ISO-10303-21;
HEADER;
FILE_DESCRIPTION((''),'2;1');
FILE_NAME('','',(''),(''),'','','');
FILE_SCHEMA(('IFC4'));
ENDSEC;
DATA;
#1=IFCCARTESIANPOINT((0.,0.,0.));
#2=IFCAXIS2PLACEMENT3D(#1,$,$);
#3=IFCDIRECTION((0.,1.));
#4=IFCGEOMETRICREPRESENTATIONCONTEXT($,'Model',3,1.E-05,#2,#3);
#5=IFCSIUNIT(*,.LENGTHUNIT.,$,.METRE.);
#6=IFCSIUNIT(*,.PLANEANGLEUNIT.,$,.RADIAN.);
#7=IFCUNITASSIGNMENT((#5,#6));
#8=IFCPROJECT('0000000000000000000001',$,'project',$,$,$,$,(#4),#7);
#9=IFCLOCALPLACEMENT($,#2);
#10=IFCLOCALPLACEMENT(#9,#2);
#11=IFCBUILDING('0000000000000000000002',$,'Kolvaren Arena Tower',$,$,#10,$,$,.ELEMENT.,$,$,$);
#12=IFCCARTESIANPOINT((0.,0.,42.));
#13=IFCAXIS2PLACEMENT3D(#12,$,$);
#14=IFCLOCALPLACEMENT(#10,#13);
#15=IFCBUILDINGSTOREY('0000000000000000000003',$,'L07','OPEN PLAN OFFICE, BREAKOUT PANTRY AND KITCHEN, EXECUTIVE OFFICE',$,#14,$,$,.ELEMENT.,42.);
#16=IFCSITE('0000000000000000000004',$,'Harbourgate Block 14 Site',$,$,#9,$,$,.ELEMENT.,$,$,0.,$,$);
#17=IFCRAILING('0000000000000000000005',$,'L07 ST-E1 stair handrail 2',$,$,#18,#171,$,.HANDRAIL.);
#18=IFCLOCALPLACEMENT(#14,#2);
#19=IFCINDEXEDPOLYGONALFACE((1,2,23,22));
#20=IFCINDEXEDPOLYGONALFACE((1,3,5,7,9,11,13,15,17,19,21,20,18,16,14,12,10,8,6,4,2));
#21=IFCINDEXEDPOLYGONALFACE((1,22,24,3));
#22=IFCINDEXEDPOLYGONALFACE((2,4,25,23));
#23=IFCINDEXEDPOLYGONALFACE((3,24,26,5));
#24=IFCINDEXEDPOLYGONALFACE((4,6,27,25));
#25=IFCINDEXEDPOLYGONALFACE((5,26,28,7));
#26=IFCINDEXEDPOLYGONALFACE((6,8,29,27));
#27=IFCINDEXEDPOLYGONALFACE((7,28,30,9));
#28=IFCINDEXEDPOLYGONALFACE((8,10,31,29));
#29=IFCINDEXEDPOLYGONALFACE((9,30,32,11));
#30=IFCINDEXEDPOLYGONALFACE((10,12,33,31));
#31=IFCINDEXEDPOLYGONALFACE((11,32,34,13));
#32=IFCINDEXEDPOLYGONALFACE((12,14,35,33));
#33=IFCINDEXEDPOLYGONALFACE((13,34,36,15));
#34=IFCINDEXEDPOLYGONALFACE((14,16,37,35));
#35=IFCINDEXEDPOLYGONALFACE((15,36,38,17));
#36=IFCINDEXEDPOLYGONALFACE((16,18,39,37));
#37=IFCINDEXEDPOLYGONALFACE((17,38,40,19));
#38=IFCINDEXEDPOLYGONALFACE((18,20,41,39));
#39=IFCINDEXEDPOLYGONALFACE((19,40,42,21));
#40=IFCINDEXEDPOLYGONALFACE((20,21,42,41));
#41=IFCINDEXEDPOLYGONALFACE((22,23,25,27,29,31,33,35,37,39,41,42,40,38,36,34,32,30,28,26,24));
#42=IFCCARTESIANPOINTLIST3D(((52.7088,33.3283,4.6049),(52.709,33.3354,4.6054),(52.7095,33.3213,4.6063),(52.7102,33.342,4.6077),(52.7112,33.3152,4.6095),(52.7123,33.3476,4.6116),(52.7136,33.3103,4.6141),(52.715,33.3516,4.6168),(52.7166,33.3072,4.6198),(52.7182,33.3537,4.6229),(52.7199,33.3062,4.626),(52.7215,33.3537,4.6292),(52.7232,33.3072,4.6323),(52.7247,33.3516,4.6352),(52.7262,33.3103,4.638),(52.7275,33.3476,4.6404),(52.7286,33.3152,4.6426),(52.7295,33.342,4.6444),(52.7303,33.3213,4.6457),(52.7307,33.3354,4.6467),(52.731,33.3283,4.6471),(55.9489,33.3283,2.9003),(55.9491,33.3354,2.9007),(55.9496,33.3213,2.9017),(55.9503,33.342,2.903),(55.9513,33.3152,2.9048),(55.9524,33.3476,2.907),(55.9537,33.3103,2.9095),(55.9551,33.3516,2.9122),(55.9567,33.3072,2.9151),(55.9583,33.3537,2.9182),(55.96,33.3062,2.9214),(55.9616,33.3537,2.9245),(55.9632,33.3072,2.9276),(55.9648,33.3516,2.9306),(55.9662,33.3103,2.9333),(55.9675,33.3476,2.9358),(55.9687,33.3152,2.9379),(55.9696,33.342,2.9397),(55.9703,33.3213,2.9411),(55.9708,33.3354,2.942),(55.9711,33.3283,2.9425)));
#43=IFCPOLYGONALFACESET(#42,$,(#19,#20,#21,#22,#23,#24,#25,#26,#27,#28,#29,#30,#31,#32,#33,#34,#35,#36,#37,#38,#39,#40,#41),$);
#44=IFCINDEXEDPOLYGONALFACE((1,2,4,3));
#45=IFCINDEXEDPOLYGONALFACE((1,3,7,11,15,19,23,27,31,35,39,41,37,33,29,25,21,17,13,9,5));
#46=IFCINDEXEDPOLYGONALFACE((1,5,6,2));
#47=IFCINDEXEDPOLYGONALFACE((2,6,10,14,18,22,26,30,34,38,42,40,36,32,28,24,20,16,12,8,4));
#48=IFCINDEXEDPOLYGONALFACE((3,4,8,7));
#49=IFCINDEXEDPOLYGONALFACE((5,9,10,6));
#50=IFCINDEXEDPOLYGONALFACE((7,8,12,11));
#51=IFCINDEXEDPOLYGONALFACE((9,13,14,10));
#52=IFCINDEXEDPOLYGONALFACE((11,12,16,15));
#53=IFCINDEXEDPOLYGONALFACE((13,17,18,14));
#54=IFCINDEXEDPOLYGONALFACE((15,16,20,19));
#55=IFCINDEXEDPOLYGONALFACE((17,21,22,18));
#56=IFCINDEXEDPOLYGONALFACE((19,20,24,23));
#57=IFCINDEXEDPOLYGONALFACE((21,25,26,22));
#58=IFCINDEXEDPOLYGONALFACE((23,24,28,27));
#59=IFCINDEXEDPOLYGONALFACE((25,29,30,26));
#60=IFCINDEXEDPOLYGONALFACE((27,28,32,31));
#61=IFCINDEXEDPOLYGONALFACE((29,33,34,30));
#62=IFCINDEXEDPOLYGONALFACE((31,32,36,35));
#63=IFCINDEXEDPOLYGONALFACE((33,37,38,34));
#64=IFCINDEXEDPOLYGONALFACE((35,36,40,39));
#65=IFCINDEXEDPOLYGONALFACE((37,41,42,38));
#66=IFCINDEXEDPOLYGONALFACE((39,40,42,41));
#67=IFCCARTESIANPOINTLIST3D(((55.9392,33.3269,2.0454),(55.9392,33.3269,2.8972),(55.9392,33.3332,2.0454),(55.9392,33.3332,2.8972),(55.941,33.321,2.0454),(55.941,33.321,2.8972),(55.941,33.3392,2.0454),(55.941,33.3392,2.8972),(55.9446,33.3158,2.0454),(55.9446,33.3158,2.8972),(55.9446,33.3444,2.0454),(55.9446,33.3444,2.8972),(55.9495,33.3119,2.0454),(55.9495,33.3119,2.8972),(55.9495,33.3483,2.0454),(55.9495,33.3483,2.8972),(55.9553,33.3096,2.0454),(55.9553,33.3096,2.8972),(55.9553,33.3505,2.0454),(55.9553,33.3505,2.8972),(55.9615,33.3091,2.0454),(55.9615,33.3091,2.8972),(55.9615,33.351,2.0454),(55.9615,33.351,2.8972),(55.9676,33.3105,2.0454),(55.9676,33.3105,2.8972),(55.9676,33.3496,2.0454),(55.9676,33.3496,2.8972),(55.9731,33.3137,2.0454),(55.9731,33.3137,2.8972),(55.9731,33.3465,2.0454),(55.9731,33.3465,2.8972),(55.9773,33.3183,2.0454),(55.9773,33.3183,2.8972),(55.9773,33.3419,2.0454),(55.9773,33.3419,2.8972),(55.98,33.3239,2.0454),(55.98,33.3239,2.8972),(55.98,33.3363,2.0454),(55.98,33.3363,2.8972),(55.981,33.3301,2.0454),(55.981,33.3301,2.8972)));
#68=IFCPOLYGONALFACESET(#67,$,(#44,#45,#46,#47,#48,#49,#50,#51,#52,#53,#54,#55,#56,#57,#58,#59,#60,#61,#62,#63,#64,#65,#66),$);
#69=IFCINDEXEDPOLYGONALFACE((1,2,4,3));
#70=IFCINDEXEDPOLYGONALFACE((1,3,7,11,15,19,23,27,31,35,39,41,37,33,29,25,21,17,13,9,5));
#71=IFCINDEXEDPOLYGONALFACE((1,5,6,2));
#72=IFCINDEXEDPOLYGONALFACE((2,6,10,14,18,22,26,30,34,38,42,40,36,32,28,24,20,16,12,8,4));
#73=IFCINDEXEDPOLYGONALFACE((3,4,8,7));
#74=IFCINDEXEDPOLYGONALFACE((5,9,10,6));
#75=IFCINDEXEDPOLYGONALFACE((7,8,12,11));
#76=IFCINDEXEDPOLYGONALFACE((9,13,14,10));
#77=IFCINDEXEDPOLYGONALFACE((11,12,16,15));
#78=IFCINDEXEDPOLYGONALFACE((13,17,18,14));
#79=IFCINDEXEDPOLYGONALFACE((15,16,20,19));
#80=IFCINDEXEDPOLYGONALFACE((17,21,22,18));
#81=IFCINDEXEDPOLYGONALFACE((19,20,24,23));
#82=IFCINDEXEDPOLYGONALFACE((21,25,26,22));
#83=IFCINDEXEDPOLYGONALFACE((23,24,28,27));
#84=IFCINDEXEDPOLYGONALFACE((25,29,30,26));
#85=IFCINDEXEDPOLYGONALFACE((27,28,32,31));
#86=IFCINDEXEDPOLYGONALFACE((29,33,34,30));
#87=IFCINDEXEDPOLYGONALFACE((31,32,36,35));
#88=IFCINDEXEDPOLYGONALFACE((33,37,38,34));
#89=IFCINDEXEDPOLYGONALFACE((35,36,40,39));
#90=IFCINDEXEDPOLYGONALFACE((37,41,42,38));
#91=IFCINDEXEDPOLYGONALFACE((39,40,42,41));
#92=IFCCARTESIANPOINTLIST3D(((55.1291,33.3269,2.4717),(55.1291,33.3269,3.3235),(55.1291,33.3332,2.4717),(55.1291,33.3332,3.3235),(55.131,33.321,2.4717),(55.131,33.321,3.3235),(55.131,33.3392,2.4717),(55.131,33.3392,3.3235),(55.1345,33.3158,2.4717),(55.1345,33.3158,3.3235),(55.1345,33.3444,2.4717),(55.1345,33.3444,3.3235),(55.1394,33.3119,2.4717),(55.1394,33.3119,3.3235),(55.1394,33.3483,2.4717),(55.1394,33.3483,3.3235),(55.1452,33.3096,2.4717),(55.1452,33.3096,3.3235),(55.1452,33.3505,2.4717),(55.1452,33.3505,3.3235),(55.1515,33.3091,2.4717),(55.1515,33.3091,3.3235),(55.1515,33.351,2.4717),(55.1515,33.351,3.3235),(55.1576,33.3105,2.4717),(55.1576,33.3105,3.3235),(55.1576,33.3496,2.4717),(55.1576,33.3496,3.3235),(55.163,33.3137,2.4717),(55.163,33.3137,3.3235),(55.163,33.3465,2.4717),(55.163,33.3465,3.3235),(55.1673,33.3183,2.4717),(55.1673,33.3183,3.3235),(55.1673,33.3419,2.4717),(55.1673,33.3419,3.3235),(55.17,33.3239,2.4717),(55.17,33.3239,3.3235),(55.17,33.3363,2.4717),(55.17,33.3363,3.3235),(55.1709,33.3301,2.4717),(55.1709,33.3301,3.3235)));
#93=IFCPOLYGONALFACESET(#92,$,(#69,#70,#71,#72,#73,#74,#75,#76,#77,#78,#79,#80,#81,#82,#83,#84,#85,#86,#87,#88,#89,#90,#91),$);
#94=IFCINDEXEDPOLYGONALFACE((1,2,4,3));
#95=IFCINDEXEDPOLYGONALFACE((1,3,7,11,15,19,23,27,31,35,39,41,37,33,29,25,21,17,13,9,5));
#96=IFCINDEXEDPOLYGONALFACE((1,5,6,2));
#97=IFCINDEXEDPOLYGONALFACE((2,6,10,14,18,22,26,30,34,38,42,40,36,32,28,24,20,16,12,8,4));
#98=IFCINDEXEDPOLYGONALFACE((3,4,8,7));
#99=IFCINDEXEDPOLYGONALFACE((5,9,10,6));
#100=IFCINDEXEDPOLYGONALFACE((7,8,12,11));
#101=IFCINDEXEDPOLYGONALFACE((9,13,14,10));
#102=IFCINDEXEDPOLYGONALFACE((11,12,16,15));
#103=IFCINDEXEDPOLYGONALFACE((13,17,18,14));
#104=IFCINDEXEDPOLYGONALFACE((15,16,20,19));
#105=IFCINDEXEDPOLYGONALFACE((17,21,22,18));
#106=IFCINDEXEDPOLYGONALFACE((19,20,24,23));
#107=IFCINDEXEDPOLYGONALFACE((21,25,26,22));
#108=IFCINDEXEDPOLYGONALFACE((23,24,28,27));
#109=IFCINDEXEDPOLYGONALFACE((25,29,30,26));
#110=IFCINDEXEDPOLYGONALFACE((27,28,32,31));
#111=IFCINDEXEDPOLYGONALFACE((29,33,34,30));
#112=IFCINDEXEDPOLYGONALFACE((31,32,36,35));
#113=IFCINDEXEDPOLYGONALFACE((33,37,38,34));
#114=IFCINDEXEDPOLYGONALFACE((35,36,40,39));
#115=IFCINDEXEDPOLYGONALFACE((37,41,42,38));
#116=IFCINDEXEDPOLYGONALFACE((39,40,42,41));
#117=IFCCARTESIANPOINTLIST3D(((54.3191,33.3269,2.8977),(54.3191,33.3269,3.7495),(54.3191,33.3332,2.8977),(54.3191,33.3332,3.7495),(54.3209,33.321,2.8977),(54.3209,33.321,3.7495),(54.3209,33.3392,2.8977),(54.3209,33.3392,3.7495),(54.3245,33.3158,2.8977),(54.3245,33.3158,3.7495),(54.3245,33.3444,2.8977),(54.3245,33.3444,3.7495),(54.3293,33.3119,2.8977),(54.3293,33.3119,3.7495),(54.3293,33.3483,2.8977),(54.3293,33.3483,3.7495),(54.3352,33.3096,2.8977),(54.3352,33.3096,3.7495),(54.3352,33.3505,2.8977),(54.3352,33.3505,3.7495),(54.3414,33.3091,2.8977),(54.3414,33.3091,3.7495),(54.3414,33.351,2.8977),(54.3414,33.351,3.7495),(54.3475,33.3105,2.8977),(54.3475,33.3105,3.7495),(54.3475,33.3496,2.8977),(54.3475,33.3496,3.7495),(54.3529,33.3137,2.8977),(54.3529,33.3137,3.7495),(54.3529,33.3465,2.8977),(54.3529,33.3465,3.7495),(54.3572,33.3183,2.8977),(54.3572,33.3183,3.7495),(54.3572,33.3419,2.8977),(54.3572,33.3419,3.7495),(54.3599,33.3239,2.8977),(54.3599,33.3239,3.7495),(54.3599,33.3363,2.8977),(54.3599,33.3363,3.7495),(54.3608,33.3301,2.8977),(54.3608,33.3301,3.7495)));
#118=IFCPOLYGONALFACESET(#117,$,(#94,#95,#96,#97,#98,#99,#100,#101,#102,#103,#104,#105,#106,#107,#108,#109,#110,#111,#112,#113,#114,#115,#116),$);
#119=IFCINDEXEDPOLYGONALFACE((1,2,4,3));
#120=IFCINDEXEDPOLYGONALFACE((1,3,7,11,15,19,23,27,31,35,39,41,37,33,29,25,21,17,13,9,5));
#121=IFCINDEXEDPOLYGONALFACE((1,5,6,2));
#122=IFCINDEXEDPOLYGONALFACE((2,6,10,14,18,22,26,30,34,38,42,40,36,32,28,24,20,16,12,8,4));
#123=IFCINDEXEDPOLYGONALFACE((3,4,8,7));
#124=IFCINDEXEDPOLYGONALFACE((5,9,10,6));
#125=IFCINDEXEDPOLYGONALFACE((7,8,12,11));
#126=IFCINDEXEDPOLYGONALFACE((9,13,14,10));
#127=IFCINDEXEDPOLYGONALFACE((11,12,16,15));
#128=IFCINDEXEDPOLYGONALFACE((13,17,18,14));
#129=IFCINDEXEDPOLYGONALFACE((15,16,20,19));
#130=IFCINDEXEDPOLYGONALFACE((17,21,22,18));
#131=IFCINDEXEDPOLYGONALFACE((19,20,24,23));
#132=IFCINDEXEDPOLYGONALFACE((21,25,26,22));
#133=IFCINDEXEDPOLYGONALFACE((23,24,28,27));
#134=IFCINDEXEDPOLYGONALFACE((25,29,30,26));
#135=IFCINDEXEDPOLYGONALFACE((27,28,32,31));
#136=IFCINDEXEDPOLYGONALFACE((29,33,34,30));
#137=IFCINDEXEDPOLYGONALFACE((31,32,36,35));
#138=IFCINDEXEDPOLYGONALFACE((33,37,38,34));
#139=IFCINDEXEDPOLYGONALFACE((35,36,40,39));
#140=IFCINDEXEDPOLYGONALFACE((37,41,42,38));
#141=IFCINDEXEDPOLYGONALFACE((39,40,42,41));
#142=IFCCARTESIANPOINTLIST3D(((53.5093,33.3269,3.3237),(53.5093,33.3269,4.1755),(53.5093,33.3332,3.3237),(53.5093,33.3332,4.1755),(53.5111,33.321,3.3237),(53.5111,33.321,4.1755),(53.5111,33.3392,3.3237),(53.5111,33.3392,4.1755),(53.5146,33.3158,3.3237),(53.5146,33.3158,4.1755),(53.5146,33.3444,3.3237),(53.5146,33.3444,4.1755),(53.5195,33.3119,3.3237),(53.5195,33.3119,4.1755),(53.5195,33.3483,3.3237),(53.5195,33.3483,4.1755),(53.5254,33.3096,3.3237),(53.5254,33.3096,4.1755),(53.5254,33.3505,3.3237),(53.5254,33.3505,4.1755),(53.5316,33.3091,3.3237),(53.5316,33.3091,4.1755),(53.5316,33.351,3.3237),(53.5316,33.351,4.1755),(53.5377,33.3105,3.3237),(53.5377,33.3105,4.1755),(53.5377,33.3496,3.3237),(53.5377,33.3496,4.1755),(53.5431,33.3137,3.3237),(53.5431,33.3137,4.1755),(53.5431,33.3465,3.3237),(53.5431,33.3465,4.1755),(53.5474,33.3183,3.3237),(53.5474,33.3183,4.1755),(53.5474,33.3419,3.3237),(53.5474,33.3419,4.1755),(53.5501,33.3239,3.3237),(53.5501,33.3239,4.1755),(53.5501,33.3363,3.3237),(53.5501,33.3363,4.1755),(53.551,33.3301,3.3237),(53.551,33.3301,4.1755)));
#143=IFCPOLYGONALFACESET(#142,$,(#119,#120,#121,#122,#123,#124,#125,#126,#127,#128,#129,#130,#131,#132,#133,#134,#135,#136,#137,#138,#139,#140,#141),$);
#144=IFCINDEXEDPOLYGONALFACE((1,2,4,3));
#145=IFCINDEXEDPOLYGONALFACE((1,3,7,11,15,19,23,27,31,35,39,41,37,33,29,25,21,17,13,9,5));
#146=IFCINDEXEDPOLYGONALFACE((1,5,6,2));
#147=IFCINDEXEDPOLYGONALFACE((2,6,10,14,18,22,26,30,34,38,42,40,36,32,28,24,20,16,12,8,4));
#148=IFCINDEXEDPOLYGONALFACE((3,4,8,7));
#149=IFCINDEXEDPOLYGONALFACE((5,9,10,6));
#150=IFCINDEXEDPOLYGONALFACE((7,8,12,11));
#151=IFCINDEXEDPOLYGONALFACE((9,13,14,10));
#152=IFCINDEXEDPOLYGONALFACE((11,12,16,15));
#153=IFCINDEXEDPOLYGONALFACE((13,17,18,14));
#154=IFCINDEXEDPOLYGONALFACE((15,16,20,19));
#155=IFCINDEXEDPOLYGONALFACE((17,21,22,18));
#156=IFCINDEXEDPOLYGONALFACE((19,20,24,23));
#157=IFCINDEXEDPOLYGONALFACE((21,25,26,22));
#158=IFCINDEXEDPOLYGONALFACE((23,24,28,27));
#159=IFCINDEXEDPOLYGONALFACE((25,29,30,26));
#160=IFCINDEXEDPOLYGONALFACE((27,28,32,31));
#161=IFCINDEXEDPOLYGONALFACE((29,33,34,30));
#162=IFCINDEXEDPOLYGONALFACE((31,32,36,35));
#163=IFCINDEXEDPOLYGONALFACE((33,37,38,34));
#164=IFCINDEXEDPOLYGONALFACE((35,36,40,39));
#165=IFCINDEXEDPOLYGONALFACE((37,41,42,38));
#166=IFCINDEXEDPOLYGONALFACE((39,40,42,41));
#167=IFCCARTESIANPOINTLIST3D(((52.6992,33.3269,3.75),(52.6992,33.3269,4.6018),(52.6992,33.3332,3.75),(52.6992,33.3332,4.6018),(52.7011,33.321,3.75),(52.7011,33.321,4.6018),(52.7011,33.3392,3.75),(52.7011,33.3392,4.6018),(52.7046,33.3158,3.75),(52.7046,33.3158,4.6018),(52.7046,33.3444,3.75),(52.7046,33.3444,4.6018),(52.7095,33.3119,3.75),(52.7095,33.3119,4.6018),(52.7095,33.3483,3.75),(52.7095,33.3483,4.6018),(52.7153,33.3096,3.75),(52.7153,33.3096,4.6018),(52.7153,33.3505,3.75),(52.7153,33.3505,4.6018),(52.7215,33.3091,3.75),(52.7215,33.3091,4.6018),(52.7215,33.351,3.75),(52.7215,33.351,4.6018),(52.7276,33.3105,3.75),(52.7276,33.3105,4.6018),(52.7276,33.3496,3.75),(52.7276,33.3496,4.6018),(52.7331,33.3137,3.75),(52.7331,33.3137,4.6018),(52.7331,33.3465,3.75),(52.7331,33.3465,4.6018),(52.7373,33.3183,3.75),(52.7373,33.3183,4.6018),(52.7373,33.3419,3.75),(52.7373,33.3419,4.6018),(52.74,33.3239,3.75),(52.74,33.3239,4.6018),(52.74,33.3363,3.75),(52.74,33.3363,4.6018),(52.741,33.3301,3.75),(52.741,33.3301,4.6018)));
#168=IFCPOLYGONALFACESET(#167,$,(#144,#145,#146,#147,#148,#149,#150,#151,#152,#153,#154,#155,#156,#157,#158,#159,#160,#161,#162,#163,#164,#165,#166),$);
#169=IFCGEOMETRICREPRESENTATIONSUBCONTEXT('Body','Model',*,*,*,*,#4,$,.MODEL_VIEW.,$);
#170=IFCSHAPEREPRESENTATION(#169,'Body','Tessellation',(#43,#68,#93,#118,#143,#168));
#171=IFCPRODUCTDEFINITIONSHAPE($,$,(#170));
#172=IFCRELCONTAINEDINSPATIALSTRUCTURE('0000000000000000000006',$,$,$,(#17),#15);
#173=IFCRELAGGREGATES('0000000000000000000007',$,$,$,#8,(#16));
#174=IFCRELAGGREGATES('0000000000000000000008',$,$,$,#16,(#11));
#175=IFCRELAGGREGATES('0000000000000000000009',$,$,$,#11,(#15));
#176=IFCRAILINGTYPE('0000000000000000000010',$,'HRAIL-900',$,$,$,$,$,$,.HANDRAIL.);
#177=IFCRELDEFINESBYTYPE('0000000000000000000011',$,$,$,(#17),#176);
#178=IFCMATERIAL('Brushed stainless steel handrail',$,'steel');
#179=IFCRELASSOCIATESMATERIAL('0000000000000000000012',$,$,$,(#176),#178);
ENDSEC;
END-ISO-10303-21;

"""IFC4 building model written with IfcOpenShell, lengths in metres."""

from ifc_helpers import new_model, si_unit, direction, frame, origin, origin_2d, place, context, subcontext, project, spatial, circle, extrude, material, type_object, element, save


model = new_model("IFC4")

# Units and contexts
model_context = context("Model", 3, precision=1e-05, world=origin(), true_north=direction((0.0, 1.0)))
body_context = subcontext(model_context, "Body", "Model", "MODEL_VIEW")
ifc_project = project(units=[si_unit("LENGTHUNIT", "METRE"), si_unit("PLANEANGLEUNIT", "RADIAN")], contexts=[model_context])

# Site, building, storey
site_placement = place(None, origin())
site = spatial("IfcSite", under=ifc_project, at=site_placement, Name="Harbourgate Block 14 Site", CompositionType="ELEMENT", RefElevation=0.0)
building_placement = place(site_placement, origin())
building = spatial("IfcBuilding", under=site, at=building_placement, Name="Kolvaren Arena Tower", CompositionType="ELEMENT")
storey_placement = place(building_placement, frame((0.0, 0.0, 42.0)))
storey = spatial("IfcBuildingStorey", under=building, at=storey_placement, Name="L07", Description="OPEN PLAN OFFICE, BREAKOUT PANTRY AND KITCHEN, EXECUTIVE OFFICE", CompositionType="ELEMENT", Elevation=42.0)

# Railing
ifc_material_1 = material(Name="Brushed stainless steel handrail", Category="steel")
railing_type_1 = type_object("IfcRailingType", Name="HRAIL-900", PredefinedType="HANDRAIL", material=ifc_material_1)
railing_1_placement = place(storey_placement, frame((55.96, 33.3301, 2.0454)))
element("IfcRailing", 1, at=railing_1_placement, inside=storey, type_object=railing_type_1, Name="L07 ST-E1 stair handrail 2", PredefinedType="HANDRAIL", context=body_context, shape_type="SweptSolid", body=[
    extrude(circle(Radius=0.0239, at=origin_2d()), frame((0.0, 0.0, 0.876), z_axis=(-0.884993, 0.0, 0.465604), x_axis=(0.0, -1.0, 0.0)), (0.0, 0.0, 1.0), 3.6611),
    extrude(circle(Radius=0.021, at=origin_2d()), origin(), (0.0, 0.0, 1.0), 0.8518),
    extrude(circle(Radius=0.021, at=origin_2d()), frame((-0.8101, 0.0, 0.4263)), (0.0, 0.0, 1.0), 0.8518),
    extrude(circle(Radius=0.021, at=origin_2d()), frame((-1.6201, 0.0, 0.8523)), (0.0, 0.0, 1.0), 0.8518),
    extrude(circle(Radius=0.021, at=origin_2d()), frame((-2.4299, 0.0, 1.2783)), (0.0, 0.0, 1.0), 0.8518),
    extrude(circle(Radius=0.021, at=origin_2d()), frame((-3.24, 0.0, 1.7046)), (0.0, 0.0, 1.0), 0.8518),
])

save(model, "model.ifc")
